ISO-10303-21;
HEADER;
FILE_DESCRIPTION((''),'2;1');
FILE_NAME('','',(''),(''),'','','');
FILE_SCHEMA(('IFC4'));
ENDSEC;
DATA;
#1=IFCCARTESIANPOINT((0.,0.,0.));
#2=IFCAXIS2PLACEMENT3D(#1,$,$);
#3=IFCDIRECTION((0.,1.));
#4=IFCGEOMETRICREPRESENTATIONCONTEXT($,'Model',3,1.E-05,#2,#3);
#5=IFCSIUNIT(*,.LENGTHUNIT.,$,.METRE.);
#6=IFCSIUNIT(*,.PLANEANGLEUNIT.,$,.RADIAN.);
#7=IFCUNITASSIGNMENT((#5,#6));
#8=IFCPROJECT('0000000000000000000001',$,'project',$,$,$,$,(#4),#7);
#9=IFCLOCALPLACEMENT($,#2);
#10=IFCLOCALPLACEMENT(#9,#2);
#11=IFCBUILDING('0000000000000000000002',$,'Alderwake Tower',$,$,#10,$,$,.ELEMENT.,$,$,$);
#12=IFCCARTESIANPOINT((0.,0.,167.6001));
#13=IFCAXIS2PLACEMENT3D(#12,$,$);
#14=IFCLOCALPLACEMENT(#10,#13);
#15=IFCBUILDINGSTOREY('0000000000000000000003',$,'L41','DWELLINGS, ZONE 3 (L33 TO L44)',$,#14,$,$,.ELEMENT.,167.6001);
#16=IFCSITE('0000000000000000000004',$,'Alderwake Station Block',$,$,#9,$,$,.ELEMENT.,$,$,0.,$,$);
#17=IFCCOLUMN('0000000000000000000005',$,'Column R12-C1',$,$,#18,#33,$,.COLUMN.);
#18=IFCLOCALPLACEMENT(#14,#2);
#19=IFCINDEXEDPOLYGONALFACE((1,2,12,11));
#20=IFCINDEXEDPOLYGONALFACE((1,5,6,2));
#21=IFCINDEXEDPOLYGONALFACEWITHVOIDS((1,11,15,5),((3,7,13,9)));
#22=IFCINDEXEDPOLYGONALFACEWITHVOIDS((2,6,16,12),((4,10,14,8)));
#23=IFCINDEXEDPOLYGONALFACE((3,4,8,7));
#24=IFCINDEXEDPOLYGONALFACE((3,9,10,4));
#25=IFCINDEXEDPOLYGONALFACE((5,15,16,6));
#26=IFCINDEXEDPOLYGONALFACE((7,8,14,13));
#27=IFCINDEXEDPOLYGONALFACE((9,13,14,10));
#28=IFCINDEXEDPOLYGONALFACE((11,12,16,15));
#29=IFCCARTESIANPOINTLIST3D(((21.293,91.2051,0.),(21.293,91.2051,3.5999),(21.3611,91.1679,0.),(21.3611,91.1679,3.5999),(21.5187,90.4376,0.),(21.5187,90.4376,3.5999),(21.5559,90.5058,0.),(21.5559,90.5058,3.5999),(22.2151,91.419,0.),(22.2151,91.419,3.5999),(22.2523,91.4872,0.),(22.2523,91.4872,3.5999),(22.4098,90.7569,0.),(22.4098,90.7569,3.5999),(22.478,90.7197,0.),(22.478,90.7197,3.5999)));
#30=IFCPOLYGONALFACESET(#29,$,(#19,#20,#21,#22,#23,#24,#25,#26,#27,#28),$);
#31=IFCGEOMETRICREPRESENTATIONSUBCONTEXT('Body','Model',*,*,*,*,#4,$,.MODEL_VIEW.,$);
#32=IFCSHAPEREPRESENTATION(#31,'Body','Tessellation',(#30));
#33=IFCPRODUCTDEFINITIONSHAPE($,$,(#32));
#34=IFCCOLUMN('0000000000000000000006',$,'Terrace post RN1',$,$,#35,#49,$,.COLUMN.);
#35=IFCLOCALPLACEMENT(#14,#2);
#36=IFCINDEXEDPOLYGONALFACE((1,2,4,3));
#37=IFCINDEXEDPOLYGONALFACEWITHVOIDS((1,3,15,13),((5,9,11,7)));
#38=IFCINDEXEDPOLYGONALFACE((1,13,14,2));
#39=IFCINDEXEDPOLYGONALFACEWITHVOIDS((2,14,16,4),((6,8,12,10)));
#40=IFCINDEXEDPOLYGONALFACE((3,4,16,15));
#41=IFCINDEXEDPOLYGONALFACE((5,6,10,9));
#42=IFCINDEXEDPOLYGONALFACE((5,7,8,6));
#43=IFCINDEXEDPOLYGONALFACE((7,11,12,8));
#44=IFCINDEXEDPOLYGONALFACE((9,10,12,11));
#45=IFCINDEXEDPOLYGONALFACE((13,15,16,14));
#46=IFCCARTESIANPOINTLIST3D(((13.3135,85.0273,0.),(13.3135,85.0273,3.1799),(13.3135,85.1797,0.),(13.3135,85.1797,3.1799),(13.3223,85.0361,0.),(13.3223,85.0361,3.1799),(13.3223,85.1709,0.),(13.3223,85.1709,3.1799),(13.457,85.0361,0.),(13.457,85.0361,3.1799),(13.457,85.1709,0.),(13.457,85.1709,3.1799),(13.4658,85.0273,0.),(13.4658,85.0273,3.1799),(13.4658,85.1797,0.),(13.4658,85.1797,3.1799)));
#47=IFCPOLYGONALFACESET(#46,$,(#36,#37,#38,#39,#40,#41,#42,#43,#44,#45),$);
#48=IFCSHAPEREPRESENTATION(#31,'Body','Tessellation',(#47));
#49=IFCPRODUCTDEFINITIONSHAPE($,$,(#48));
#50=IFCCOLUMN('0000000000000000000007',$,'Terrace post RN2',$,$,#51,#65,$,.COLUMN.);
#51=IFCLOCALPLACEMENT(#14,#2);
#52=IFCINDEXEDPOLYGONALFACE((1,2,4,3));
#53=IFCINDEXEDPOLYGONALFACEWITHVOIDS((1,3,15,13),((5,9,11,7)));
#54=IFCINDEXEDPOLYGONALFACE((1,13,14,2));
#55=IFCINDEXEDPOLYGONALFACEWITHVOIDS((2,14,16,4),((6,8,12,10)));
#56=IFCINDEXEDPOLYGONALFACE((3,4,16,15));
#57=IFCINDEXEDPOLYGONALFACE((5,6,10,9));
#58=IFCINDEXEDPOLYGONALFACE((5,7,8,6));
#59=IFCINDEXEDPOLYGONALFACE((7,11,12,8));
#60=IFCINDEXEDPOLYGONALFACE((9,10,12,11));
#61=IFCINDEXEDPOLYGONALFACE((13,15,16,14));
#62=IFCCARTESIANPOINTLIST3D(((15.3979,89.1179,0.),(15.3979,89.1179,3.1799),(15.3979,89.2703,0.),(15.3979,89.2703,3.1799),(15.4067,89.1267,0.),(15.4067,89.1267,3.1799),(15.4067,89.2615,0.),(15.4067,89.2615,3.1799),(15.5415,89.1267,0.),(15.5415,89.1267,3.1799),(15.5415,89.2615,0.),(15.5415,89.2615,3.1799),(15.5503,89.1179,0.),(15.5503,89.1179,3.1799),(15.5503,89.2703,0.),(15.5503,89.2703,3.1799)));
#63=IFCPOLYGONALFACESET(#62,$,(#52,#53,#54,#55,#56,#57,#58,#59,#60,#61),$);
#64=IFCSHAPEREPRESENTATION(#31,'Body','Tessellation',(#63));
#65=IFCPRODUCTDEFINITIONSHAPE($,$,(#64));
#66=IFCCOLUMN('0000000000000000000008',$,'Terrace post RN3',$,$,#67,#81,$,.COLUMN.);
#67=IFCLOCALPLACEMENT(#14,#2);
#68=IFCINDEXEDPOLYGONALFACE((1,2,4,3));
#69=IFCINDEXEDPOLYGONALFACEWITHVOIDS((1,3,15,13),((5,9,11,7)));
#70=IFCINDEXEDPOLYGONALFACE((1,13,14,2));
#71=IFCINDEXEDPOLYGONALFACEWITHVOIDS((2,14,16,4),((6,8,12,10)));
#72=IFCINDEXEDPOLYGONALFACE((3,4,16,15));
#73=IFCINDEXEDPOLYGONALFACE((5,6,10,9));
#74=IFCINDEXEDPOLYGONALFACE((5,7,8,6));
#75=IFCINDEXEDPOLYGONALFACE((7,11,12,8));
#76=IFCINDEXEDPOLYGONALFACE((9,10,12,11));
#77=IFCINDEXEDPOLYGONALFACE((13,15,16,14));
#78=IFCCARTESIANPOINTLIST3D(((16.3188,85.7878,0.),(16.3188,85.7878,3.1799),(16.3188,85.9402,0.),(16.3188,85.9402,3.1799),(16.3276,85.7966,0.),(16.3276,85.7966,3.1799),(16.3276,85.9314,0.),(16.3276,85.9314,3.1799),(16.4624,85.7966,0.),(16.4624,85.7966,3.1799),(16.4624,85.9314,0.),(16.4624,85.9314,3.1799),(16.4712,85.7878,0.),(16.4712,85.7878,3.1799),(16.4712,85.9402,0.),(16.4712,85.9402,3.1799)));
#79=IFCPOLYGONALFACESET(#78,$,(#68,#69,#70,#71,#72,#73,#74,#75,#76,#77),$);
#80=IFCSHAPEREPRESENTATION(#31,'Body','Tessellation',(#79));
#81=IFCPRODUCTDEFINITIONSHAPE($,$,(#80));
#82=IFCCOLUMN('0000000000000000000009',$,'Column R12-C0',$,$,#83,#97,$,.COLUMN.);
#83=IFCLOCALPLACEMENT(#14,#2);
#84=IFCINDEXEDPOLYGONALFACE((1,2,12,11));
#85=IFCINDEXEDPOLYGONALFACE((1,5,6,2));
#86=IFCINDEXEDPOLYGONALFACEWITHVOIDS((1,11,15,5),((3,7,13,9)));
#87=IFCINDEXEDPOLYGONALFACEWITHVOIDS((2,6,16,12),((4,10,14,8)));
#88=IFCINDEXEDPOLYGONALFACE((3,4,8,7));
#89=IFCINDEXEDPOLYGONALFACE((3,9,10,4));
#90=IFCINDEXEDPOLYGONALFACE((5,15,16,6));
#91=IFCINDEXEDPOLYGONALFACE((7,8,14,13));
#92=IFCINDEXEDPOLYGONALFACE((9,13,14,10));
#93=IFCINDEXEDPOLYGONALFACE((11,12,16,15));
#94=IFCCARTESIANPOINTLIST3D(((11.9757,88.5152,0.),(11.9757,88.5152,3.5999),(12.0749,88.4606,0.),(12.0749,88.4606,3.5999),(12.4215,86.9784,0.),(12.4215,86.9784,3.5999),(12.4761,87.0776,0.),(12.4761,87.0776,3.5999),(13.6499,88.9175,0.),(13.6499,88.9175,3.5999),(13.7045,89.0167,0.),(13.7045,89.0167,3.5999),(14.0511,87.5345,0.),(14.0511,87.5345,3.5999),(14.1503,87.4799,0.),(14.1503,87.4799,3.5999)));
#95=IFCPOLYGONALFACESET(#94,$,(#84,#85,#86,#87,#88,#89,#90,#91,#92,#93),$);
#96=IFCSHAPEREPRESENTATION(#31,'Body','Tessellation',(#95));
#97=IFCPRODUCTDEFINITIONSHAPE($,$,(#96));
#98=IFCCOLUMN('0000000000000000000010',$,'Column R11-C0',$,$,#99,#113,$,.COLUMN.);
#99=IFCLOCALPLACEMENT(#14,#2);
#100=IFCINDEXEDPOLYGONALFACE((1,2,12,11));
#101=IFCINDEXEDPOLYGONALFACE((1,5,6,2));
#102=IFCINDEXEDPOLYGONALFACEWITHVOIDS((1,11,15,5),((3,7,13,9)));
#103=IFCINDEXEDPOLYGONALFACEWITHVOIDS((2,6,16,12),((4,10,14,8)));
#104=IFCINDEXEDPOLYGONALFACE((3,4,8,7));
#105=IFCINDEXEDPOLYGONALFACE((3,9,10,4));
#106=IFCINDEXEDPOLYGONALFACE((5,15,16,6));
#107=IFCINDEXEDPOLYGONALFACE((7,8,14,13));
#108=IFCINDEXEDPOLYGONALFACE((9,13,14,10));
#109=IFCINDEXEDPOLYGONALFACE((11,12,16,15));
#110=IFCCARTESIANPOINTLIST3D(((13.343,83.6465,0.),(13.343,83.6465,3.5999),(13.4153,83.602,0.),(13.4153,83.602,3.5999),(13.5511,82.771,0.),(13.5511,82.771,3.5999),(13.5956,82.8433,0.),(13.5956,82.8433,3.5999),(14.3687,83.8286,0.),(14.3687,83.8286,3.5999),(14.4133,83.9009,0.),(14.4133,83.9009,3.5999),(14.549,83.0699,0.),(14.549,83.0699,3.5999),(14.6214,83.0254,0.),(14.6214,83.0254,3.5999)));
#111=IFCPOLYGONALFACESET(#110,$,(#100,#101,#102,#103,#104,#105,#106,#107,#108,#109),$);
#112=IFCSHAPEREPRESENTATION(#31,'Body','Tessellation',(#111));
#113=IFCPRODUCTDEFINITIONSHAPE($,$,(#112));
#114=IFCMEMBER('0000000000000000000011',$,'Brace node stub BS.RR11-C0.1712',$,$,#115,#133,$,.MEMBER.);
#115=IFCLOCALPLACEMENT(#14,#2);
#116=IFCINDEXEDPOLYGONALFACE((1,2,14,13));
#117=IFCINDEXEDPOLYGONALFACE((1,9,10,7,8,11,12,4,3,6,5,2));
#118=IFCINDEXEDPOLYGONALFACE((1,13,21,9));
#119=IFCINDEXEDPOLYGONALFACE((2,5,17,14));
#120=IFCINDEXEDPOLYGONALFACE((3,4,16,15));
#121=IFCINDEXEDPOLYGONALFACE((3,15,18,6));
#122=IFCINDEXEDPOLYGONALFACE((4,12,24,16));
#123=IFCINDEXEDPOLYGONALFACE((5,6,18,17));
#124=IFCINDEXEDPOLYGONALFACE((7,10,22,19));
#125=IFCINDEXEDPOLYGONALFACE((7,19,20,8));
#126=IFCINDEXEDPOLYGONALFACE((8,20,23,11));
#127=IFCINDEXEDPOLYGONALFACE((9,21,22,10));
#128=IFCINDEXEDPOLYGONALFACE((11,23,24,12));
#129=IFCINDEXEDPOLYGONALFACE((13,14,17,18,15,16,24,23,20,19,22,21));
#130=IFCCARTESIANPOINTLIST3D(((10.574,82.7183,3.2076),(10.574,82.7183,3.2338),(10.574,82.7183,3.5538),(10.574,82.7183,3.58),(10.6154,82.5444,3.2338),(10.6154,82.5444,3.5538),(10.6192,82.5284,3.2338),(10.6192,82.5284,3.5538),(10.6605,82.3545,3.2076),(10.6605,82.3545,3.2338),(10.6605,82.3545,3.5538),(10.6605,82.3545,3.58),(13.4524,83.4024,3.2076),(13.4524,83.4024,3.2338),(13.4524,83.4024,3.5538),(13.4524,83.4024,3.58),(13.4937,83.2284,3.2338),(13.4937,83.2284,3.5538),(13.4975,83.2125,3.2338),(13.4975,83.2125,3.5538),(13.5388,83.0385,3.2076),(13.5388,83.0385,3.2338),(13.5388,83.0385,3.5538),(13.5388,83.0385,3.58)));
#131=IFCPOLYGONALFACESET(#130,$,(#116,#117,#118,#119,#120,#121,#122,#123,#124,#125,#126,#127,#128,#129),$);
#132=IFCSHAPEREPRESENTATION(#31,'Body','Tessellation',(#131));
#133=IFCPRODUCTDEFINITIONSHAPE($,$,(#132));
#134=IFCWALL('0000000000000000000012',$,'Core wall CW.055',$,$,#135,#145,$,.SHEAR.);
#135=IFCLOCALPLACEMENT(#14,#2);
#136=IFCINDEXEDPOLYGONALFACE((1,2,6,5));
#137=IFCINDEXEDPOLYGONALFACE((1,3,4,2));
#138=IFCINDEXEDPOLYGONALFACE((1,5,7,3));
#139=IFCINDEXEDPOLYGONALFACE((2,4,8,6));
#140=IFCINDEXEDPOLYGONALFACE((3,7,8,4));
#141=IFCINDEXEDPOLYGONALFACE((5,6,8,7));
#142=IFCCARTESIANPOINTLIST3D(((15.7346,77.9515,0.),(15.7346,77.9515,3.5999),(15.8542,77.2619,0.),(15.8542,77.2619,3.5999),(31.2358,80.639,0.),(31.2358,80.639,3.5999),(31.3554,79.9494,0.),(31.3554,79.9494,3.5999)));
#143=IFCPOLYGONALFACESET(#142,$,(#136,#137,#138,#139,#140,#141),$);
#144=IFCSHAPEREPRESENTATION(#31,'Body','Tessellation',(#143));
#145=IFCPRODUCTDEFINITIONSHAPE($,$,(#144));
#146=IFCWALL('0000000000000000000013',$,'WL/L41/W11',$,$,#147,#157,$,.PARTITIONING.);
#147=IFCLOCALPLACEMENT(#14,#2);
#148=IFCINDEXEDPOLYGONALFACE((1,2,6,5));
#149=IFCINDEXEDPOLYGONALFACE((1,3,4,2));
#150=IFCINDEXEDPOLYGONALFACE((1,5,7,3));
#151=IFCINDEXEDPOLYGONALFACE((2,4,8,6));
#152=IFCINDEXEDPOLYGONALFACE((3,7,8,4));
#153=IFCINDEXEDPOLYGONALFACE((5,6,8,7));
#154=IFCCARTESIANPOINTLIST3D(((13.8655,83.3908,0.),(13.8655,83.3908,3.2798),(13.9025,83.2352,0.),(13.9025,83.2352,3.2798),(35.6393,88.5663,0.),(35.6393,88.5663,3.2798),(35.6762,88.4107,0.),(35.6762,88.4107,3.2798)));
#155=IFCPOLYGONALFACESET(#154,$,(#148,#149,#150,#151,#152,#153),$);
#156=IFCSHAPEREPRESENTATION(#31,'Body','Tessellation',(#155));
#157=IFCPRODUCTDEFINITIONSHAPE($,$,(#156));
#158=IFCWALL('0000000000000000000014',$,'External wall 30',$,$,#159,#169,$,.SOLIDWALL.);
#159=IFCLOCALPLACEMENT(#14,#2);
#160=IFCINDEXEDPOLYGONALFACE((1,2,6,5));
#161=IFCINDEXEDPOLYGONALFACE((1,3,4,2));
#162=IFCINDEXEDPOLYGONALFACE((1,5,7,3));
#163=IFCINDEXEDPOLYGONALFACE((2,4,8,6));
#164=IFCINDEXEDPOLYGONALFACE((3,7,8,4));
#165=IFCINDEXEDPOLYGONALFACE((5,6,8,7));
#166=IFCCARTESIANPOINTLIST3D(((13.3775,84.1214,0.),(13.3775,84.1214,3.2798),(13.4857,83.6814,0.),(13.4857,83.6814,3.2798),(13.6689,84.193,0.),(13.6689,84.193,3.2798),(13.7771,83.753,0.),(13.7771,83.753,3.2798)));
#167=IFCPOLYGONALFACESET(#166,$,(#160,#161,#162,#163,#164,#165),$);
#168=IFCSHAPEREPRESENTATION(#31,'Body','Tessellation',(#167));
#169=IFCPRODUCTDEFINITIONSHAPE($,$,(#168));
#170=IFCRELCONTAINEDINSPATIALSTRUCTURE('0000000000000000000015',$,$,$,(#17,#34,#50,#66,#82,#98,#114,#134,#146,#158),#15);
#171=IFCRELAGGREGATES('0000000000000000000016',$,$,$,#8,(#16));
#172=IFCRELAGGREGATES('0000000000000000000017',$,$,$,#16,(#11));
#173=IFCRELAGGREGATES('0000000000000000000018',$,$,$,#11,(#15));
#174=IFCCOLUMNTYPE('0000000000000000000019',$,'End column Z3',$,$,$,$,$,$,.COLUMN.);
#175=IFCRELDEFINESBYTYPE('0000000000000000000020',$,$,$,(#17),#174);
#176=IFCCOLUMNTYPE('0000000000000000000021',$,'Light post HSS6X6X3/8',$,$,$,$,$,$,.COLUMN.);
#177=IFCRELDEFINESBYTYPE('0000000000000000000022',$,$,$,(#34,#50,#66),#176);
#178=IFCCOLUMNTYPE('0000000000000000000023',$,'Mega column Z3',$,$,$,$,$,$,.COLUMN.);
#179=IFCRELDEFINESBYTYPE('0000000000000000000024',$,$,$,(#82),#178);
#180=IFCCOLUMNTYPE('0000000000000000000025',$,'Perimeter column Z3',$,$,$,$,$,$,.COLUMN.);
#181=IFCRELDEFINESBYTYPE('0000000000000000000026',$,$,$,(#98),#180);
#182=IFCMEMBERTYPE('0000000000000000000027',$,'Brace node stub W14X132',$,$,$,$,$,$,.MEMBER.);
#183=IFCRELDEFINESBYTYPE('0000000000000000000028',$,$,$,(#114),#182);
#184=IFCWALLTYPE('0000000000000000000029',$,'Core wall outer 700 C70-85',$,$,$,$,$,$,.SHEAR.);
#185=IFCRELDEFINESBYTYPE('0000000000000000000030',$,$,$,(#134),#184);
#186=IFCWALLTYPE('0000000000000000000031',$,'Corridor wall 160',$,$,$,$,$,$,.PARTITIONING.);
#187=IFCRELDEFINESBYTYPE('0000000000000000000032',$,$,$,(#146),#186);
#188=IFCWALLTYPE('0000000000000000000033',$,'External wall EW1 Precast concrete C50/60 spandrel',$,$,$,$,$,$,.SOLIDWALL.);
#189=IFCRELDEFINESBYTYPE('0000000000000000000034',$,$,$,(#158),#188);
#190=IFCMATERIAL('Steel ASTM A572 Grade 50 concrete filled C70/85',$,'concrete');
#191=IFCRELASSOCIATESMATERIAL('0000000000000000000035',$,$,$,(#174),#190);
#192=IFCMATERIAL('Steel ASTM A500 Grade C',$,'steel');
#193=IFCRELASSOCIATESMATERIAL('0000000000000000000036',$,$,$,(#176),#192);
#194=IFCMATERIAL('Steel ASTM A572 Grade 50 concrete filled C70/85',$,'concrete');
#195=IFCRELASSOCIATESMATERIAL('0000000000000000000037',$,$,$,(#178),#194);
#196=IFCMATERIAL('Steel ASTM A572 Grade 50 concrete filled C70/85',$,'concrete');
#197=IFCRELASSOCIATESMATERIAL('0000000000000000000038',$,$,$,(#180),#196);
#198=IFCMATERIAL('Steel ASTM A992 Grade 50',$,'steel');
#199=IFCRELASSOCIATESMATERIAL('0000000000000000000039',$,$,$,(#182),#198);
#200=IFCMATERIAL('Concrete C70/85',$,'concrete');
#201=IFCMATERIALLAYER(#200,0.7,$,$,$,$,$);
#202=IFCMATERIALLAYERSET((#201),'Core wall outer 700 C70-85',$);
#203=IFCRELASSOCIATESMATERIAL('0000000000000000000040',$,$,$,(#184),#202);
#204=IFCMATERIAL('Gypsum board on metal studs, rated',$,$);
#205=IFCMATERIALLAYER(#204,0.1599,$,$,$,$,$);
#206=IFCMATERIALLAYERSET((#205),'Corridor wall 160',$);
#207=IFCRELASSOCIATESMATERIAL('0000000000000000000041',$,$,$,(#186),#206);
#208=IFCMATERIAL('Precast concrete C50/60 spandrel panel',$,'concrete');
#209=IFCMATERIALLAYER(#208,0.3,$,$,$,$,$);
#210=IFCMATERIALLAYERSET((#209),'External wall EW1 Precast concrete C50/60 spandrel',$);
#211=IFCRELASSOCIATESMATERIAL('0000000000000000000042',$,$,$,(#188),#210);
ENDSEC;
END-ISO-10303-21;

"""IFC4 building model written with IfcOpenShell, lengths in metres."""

from ifc_helpers import new_model, si_unit, direction, frame, frame_2d, origin, origin_2d, place, context, subcontext, project, spatial, rectangle, hollow_rectangle, i_section, extrude, material, layer, layer_set, material_profile, profile_set, type_object, element, save


model = new_model("IFC4")

# Units and contexts
model_context = context("Model", 3, precision=1e-05, world=origin(), true_north=direction((0.0, 1.0)))
body_context = subcontext(model_context, "Body", "Model", "MODEL_VIEW")
ifc_project = project(units=[si_unit("LENGTHUNIT", "METRE"), si_unit("PLANEANGLEUNIT", "RADIAN")], contexts=[model_context])

# Site, building, storey
site_placement = place(None, origin())
site = spatial("IfcSite", under=ifc_project, at=site_placement, Name="Alderwake Station Block", CompositionType="ELEMENT", RefElevation=0.0)
building_placement = place(site_placement, origin())
building = spatial("IfcBuilding", under=site, at=building_placement, Name="Alderwake Tower", CompositionType="ELEMENT")
storey_placement = place(building_placement, frame((0.0, 0.0, 167.6001)))
storey = spatial("IfcBuildingStorey", under=building, at=storey_placement, Name="L41", Description="DWELLINGS, ZONE 3 (L33 TO L44)", CompositionType="ELEMENT", Elevation=167.6001)

# Columns
ifc_material_1 = material(Name="Steel ASTM A572 Grade 50 concrete filled C70/85", Category="concrete")
ifc_material_profile_1 = material_profile(ifc_material_1, hollow_rectangle(XDim=0.8, YDim=1.0, WallThickness=0.0549, at=origin_2d()), Name="BOX 1000X800X55")
ifc_profile_set_1 = profile_set([ifc_material_profile_1], Name="Steel ASTM A572 Grade 50 concrete filled C70/85")
column_type_1 = type_object("IfcColumnType", Name="End column Z3", PredefinedType="COLUMN", material=ifc_profile_set_1)
column_1_placement = place(storey_placement, frame((21.8855, 90.9624, 0.0), z_axis=(0.0, 0.0, 1.0), x_axis=(-0.282132, 0.959376, 0.0)))
element("IfcColumn", 1, at=column_1_placement, inside=storey, type_object=column_type_1, Name="Column R12-C1", PredefinedType="COLUMN", context=body_context, shape_type="SweptSolid", body=[
    extrude(hollow_rectangle(XDim=0.8, YDim=1.0, WallThickness=0.0549, at=origin_2d()), origin(), (0.0, 0.0, 1.0), 3.5999),
])
ifc_material_2 = material(Name="Steel ASTM A500 Grade C", Category="steel")
ifc_material_profile_2 = material_profile(ifc_material_2, hollow_rectangle(XDim=0.1523, YDim=0.1523, WallThickness=0.0088, at=origin_2d()), Name="HSS6X6X3/8")
ifc_profile_set_2 = profile_set([ifc_material_profile_2], Name="Steel ASTM A500 Grade C")
column_type_2 = type_object("IfcColumnType", Name="Light post HSS6X6X3/8", PredefinedType="COLUMN", material=ifc_profile_set_2)
for number, where, z_axis, x_axis, name in (
    (2, (13.3896, 85.1035, 0.0), (0.0, 0.0, 1.0), (1.0, 0.0, 0.0), "Terrace post RN1"),
    (3, (15.4741, 89.1941, 0.0), (0.0, 0.0, 1.0), (1.0, 0.0, 0.0), "Terrace post RN2"),
    (4, (16.395, 85.864, 0.0), (0.0, 0.0, 1.0), (1.0, 0.0, 0.0), "Terrace post RN3"),
):
    element("IfcColumn", number, at=place(storey_placement, frame(where, z_axis=z_axis, x_axis=x_axis)), inside=storey, type_object=column_type_2, Name=name, PredefinedType="COLUMN", context=body_context, shape_type="SweptSolid", body=[
        extrude(hollow_rectangle(XDim=0.1523, YDim=0.1523, WallThickness=0.0088, at=origin_2d()), origin(), (0.0, 0.0, 1.0), 3.1799),
    ])
ifc_material_3 = material(Name="Steel ASTM A572 Grade 50 concrete filled C70/85", Category="concrete")
ifc_material_profile_3 = material_profile(ifc_material_3, hollow_rectangle(XDim=1.6001, YDim=1.8, WallThickness=0.0801, at=origin_2d()), Name="BOX 1800X1600X80")
ifc_profile_set_3 = profile_set([ifc_material_profile_3], Name="Steel ASTM A572 Grade 50 concrete filled C70/85")
column_type_3 = type_object("IfcColumnType", Name="Mega column Z3", PredefinedType="COLUMN", material=ifc_profile_set_3)
column_2_placement = place(storey_placement, frame((13.063, 87.9976, 0.0), z_axis=(0.0, 0.0, 1.0), x_axis=(-0.278612, 0.960404, 0.0)))
element("IfcColumn", 5, at=column_2_placement, inside=storey, type_object=column_type_3, Name="Column R12-C0", PredefinedType="COLUMN", context=body_context, shape_type="SweptSolid", body=[
    extrude(hollow_rectangle(XDim=1.6001, YDim=1.8, WallThickness=0.0801, at=origin_2d()), origin(), (0.0, 0.0, 1.0), 3.5999),
])
ifc_material_4 = material(Name="Steel ASTM A572 Grade 50 concrete filled C70/85", Category="concrete")
ifc_material_profile_4 = material_profile(ifc_material_4, hollow_rectangle(XDim=0.8999, YDim=1.1001, WallThickness=0.0601, at=origin_2d()), Name="BOX 1100X900X60")
ifc_profile_set_4 = profile_set([ifc_material_profile_4], Name="Steel ASTM A572 Grade 50 concrete filled C70/85")
column_type_4 = type_object("IfcColumnType", Name="Perimeter column Z3", PredefinedType="COLUMN", material=ifc_profile_set_4)
column_3_placement = place(storey_placement, frame((13.9822, 83.3359, 0.0), z_axis=(0.0, 0.0, 1.0), x_axis=(-0.231222, 0.972901, 0.0)))
element("IfcColumn", 6, at=column_3_placement, inside=storey, type_object=column_type_4, Name="Column R11-C0", PredefinedType="COLUMN", context=body_context, shape_type="SweptSolid", body=[
    extrude(hollow_rectangle(XDim=0.8999, YDim=1.1001, WallThickness=0.0601, at=origin_2d()), origin(), (0.0, 0.0, 1.0), 3.5999),
])

# Member
ifc_material_5 = material(Name="Steel ASTM A992 Grade 50", Category="steel")
ifc_material_profile_5 = material_profile(ifc_material_5, i_section(OverallWidth=0.374, OverallDepth=0.3723, WebThickness=0.0164, FlangeThickness=0.0261, at=origin_2d()), Name="W14X132")
ifc_profile_set_5 = profile_set([ifc_material_profile_5], Name="Steel ASTM A992 Grade 50")
member_type = type_object("IfcMemberType", Name="Brace node stub W14X132", PredefinedType="MEMBER", material=ifc_profile_set_5)
member_placement = place(storey_placement, frame((13.4956, 83.2205, 3.3938), z_axis=(-0.972902, -0.231219, 0.0), x_axis=(0.231219, -0.972902, 0.0)))
element("IfcMember", 7, at=member_placement, inside=storey, type_object=member_type, Name="Brace node stub BS.RR11-C0.1712", PredefinedType="MEMBER", context=body_context, shape_type="SweptSolid", body=[
    extrude(i_section(OverallWidth=0.374, OverallDepth=0.3723, WebThickness=0.0164, FlangeThickness=0.0261, at=origin_2d()), origin(), (0.0, 0.0, 1.0), 2.9585),
])

# Walls
ifc_material_6 = material(Name="Concrete C70/85", Category="concrete")
ifc_layer_1 = layer(ifc_material_6, 0.7)
ifc_layer_set_1 = layer_set([ifc_layer_1], Name="Core wall outer 700 C70-85")
wall_type_1 = type_object("IfcWallType", Name="Core wall outer 700 C70-85", PredefinedType="SHEAR", material=ifc_layer_set_1)
wall_1_placement = place(storey_placement, frame((15.7944, 77.6067, 0.0), z_axis=(0.0, 0.0, 1.0), x_axis=(0.985301, 0.170825, 0.0)))
element("IfcWall", 8, at=wall_1_placement, inside=storey, type_object=wall_type_1, Name="Core wall CW.055", PredefinedType="SHEAR", context=body_context, shape_type="SweptSolid", body=[
    extrude(rectangle(XDim=15.7324, YDim=0.7, at=frame_2d((7.8662, 0.0))), origin(), (0.0, 0.0, 1.0), 3.5999),
])
ifc_material_7 = material(Name="Gypsum board on metal studs, rated")
ifc_layer_2 = layer(ifc_material_7, 0.1599)
ifc_layer_set_2 = layer_set([ifc_layer_2], Name="Corridor wall 160")
wall_type_2 = type_object("IfcWallType", Name="Corridor wall 160", PredefinedType="PARTITIONING", material=ifc_layer_set_2)
wall_2_placement = place(storey_placement, frame((13.884, 83.313, 0.0), z_axis=(0.0, 0.0, 1.0), x_axis=(0.972893, 0.231254, 0.0)))
element("IfcWall", 9, at=wall_2_placement, inside=storey, type_object=wall_type_2, Name="WL/L41/W11", PredefinedType="PARTITIONING", context=body_context, shape_type="SweptSolid", body=[
    extrude(rectangle(XDim=22.3804, YDim=0.1599, at=frame_2d((11.1902, 0.0))), origin(), (0.0, 0.0, 1.0), 3.2798),
])
ifc_material_8 = material(Name="Precast concrete C50/60 spandrel panel", Category="concrete")
ifc_layer_3 = layer(ifc_material_8, 0.3)
ifc_layer_set_3 = layer_set([ifc_layer_3], Name="External wall EW1 Precast concrete C50/60 spandrel")
wall_type_3 = type_object("IfcWallType", Name="External wall EW1 Precast concrete C50/60 spandrel", PredefinedType="SOLIDWALL", material=ifc_layer_set_3)
wall_3_placement = place(storey_placement, frame((13.5232, 84.1572, 0.0), z_axis=(0.0, 0.0, 1.0), x_axis=(0.23873, -0.971086, 0.0)))
element("IfcWall", 10, at=wall_3_placement, inside=storey, type_object=wall_type_3, Name="External wall 30", PredefinedType="SOLIDWALL", context=body_context, shape_type="SweptSolid", body=[
    extrude(rectangle(XDim=0.4531, YDim=0.3, at=frame_2d((0.2266, 0.0))), origin(), (0.0, 0.0, 1.0), 3.2798),
])

save(model, "model.ifc")
